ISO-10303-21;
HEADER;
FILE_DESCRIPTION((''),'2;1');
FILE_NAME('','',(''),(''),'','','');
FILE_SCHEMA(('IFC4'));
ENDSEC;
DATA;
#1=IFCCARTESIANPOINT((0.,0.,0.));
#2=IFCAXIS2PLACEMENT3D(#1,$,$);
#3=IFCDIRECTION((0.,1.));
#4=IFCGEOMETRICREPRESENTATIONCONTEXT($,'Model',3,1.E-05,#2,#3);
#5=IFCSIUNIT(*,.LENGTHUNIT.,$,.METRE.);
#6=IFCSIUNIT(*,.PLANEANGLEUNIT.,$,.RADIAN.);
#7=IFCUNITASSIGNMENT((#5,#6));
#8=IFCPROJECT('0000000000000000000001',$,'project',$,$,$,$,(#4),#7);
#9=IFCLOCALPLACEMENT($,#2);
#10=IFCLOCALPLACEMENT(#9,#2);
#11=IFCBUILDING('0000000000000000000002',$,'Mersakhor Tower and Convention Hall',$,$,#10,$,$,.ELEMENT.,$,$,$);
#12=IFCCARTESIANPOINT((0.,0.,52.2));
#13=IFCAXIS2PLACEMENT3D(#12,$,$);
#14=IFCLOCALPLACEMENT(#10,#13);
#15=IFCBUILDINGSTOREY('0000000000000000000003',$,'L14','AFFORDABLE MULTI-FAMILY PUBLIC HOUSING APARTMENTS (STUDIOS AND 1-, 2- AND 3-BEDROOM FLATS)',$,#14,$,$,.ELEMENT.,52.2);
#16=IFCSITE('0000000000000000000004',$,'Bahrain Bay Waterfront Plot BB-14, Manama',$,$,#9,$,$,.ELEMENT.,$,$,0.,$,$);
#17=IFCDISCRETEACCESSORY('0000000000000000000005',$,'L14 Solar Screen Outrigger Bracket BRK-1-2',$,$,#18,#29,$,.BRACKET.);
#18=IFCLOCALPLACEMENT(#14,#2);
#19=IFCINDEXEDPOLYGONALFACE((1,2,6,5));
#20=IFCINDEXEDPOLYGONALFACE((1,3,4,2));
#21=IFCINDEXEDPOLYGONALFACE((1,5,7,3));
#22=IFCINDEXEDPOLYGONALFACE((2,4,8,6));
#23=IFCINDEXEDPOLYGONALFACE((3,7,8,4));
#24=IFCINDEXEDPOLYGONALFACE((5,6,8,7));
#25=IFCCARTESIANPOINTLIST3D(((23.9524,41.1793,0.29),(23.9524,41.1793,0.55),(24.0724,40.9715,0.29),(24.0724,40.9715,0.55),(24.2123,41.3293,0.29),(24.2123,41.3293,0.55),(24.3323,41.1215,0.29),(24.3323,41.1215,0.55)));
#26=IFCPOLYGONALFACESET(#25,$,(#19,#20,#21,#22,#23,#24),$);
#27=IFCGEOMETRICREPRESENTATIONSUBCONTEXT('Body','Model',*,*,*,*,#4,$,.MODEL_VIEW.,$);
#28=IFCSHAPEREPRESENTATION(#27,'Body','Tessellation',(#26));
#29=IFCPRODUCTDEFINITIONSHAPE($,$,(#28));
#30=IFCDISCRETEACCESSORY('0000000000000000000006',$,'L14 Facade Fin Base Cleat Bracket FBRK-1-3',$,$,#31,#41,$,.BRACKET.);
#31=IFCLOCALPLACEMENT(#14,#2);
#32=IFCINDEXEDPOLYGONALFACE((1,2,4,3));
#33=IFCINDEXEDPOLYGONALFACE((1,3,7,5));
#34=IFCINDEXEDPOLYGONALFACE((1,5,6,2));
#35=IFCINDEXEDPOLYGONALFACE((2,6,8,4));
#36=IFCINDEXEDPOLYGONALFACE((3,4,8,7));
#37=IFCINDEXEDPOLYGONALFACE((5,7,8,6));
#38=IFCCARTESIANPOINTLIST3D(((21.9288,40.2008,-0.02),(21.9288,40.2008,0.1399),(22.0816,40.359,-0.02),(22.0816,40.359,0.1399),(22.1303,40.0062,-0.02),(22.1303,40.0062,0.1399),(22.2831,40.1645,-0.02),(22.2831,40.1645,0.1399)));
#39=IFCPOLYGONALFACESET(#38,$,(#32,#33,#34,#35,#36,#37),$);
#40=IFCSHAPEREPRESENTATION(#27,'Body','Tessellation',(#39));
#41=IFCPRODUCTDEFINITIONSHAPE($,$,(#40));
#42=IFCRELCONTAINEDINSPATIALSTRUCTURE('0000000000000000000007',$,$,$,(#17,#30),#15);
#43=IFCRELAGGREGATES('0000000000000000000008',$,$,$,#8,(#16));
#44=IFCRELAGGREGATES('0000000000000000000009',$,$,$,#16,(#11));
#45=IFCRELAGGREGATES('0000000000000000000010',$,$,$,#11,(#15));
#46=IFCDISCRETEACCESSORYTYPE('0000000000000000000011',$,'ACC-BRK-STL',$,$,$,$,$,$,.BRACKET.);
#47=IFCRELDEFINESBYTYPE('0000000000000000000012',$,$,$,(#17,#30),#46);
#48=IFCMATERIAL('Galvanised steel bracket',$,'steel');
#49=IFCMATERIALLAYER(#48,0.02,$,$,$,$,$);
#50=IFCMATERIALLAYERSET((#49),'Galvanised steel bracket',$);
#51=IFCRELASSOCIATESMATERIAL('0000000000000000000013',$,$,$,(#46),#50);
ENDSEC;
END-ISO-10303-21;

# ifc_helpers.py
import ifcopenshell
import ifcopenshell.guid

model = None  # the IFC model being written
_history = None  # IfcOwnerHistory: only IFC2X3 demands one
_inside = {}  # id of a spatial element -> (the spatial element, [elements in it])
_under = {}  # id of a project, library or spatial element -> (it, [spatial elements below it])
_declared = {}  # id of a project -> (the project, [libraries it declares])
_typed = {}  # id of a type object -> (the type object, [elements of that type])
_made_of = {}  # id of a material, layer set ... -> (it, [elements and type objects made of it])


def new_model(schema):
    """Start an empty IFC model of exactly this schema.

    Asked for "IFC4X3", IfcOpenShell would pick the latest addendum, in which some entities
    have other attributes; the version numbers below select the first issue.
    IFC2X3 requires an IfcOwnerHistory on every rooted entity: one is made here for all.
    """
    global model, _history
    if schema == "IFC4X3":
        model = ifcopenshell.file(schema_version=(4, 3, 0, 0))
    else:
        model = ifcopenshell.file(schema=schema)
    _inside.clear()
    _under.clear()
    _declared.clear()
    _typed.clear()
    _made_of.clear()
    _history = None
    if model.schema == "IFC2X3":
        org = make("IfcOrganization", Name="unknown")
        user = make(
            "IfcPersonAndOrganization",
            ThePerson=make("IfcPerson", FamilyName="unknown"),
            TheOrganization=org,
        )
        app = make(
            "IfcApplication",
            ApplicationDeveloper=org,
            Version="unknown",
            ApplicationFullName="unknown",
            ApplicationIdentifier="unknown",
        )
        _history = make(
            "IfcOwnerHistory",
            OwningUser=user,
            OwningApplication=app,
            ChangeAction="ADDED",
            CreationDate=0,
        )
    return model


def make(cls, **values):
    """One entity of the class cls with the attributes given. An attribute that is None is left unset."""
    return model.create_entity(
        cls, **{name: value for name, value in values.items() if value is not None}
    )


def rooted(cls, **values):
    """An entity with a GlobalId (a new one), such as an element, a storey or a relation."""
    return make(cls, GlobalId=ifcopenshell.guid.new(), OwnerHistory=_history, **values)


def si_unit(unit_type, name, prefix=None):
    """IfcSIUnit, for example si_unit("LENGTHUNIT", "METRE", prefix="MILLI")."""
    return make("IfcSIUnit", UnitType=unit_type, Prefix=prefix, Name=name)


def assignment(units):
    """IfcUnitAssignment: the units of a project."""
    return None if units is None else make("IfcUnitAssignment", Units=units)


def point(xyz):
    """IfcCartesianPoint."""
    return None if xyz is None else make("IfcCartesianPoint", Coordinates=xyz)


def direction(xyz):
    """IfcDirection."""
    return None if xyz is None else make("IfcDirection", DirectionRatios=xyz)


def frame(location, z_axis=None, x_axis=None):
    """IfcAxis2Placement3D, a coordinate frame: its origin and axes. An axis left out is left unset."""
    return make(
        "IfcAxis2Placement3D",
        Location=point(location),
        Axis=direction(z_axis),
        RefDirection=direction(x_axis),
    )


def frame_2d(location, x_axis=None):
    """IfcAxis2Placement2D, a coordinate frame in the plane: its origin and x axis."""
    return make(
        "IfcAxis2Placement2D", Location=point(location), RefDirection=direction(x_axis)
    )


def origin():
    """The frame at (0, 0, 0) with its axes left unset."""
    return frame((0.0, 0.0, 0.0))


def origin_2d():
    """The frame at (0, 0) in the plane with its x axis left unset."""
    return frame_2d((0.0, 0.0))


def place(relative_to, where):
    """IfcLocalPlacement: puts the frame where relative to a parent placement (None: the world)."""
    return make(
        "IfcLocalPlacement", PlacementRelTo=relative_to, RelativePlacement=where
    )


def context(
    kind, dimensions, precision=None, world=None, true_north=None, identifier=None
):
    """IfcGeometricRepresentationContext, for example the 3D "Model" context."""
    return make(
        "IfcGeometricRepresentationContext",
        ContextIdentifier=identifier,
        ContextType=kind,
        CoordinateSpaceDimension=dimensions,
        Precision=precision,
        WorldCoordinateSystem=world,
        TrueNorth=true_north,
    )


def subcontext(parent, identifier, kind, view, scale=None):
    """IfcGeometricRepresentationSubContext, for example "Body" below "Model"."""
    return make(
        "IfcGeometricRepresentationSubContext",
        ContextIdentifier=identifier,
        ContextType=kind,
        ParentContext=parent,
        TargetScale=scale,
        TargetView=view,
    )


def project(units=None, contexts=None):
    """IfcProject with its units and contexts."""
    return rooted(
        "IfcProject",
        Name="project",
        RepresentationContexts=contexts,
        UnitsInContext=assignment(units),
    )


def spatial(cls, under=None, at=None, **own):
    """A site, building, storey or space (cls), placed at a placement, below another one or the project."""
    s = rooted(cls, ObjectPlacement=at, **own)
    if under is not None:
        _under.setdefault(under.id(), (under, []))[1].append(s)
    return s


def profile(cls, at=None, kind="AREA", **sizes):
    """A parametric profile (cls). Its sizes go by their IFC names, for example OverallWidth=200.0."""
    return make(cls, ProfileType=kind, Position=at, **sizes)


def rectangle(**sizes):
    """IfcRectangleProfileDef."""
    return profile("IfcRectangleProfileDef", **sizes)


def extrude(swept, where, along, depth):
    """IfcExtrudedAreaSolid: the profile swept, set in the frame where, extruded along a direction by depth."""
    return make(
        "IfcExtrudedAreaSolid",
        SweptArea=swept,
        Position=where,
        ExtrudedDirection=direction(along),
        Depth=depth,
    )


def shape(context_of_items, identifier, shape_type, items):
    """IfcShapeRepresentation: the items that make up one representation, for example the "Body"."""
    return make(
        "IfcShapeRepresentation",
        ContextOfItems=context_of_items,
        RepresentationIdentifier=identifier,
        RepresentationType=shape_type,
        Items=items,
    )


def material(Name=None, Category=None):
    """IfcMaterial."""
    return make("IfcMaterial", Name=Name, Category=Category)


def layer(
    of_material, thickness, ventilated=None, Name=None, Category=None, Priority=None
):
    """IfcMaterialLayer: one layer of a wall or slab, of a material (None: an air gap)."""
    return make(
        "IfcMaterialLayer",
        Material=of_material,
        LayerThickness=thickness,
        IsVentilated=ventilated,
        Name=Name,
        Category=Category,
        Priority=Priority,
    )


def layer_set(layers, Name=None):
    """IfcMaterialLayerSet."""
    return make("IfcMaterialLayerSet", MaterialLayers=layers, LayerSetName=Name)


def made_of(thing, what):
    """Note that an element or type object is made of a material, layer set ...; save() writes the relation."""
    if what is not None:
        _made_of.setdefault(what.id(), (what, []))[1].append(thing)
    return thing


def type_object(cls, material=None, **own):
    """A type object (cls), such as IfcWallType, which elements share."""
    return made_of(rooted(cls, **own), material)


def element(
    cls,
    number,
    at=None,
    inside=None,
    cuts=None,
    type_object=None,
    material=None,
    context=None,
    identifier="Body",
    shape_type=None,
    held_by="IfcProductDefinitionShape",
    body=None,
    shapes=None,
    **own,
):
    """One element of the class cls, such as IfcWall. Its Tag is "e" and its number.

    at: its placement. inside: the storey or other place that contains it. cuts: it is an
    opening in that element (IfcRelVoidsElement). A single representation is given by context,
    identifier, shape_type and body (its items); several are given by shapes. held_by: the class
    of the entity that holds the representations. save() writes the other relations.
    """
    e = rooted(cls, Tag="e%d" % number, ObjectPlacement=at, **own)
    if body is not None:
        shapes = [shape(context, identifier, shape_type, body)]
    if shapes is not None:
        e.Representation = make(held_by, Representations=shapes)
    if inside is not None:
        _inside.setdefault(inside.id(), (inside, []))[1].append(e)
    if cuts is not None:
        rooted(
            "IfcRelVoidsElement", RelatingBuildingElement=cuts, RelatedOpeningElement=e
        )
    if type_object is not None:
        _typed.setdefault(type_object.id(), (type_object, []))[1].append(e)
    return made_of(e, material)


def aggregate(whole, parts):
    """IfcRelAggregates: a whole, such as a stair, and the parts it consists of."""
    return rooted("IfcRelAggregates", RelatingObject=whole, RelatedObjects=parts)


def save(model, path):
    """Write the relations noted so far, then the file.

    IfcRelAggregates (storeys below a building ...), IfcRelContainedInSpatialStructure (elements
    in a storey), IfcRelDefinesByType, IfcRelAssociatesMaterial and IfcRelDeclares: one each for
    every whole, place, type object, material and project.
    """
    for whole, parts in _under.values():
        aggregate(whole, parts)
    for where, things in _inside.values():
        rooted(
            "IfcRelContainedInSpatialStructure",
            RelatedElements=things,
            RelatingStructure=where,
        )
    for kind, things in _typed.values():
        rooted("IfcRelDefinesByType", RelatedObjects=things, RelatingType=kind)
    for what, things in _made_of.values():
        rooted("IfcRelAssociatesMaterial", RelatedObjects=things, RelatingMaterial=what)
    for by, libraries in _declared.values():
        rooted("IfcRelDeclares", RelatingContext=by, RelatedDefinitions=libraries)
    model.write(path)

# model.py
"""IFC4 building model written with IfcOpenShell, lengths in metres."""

from ifc_helpers import new_model, si_unit, direction, frame, origin, origin_2d, place, context, subcontext, project, spatial, rectangle, extrude, material, layer, layer_set, type_object, element, save


model = new_model("IFC4")

# Units and contexts
model_context = context("Model", 3, precision=1e-05, world=origin(), true_north=direction((0.0, 1.0)))
body_context = subcontext(model_context, "Body", "Model", "MODEL_VIEW")
ifc_project = project(units=[si_unit("LENGTHUNIT", "METRE"), si_unit("PLANEANGLEUNIT", "RADIAN")], contexts=[model_context])

# Site, building, storey
site_placement = place(None, origin())
site = spatial("IfcSite", under=ifc_project, at=site_placement, Name="Bahrain Bay Waterfront Plot BB-14, Manama", CompositionType="ELEMENT", RefElevation=0.0)
building_placement = place(site_placement, origin())
building = spatial("IfcBuilding", under=site, at=building_placement, Name="Mersakhor Tower and Convention Hall", CompositionType="ELEMENT")
storey_placement = place(building_placement, frame((0.0, 0.0, 52.2)))
storey = spatial("IfcBuildingStorey", under=building, at=storey_placement, Name="L14", Description="AFFORDABLE MULTI-FAMILY PUBLIC HOUSING APARTMENTS (STUDIOS AND 1-, 2- AND 3-BEDROOM FLATS)", CompositionType="ELEMENT", Elevation=52.2)

# Discrete accessories
ifc_material_1 = material(Name="Galvanised steel bracket", Category="steel")
ifc_layer_1 = layer(ifc_material_1, 0.02)
ifc_layer_set_1 = layer_set([ifc_layer_1], Name="Galvanised steel bracket")
discrete_accessory_type = type_object("IfcDiscreteAccessoryType", Name="ACC-BRK-STL", PredefinedType="BRACKET", material=ifc_layer_set_1)
discrete_accessory_1_placement = place(storey_placement, frame((24.1423, 41.1504, 0.29), z_axis=(0.0, 0.0, 1.0), x_axis=(0.866025, 0.5, 0.0)))
element("IfcDiscreteAccessory", 1, at=discrete_accessory_1_placement, inside=storey, type_object=discrete_accessory_type, Name="L14 Solar Screen Outrigger Bracket BRK-1-2", PredefinedType="BRACKET", context=body_context, shape_type="SweptSolid", body=[
    extrude(rectangle(XDim=0.3, YDim=0.24, at=origin_2d()), origin(), (0.0, 0.0, 1.0), 0.26),
])
discrete_accessory_2_placement = place(storey_placement, frame((22.106, 40.1826, -0.02), z_axis=(0.0, 0.0, 1.0), x_axis=(-0.71934, 0.694658, 0.0)))
element("IfcDiscreteAccessory", 2, at=discrete_accessory_2_placement, inside=storey, type_object=discrete_accessory_type, Name="L14 Facade Fin Base Cleat Bracket FBRK-1-3", PredefinedType="BRACKET", context=body_context, shape_type="SweptSolid", body=[
    extrude(rectangle(XDim=0.28, YDim=0.22, at=origin_2d()), origin(), (0.0, 0.0, 1.0), 0.1599),
])

save(model, "model.ifc")
